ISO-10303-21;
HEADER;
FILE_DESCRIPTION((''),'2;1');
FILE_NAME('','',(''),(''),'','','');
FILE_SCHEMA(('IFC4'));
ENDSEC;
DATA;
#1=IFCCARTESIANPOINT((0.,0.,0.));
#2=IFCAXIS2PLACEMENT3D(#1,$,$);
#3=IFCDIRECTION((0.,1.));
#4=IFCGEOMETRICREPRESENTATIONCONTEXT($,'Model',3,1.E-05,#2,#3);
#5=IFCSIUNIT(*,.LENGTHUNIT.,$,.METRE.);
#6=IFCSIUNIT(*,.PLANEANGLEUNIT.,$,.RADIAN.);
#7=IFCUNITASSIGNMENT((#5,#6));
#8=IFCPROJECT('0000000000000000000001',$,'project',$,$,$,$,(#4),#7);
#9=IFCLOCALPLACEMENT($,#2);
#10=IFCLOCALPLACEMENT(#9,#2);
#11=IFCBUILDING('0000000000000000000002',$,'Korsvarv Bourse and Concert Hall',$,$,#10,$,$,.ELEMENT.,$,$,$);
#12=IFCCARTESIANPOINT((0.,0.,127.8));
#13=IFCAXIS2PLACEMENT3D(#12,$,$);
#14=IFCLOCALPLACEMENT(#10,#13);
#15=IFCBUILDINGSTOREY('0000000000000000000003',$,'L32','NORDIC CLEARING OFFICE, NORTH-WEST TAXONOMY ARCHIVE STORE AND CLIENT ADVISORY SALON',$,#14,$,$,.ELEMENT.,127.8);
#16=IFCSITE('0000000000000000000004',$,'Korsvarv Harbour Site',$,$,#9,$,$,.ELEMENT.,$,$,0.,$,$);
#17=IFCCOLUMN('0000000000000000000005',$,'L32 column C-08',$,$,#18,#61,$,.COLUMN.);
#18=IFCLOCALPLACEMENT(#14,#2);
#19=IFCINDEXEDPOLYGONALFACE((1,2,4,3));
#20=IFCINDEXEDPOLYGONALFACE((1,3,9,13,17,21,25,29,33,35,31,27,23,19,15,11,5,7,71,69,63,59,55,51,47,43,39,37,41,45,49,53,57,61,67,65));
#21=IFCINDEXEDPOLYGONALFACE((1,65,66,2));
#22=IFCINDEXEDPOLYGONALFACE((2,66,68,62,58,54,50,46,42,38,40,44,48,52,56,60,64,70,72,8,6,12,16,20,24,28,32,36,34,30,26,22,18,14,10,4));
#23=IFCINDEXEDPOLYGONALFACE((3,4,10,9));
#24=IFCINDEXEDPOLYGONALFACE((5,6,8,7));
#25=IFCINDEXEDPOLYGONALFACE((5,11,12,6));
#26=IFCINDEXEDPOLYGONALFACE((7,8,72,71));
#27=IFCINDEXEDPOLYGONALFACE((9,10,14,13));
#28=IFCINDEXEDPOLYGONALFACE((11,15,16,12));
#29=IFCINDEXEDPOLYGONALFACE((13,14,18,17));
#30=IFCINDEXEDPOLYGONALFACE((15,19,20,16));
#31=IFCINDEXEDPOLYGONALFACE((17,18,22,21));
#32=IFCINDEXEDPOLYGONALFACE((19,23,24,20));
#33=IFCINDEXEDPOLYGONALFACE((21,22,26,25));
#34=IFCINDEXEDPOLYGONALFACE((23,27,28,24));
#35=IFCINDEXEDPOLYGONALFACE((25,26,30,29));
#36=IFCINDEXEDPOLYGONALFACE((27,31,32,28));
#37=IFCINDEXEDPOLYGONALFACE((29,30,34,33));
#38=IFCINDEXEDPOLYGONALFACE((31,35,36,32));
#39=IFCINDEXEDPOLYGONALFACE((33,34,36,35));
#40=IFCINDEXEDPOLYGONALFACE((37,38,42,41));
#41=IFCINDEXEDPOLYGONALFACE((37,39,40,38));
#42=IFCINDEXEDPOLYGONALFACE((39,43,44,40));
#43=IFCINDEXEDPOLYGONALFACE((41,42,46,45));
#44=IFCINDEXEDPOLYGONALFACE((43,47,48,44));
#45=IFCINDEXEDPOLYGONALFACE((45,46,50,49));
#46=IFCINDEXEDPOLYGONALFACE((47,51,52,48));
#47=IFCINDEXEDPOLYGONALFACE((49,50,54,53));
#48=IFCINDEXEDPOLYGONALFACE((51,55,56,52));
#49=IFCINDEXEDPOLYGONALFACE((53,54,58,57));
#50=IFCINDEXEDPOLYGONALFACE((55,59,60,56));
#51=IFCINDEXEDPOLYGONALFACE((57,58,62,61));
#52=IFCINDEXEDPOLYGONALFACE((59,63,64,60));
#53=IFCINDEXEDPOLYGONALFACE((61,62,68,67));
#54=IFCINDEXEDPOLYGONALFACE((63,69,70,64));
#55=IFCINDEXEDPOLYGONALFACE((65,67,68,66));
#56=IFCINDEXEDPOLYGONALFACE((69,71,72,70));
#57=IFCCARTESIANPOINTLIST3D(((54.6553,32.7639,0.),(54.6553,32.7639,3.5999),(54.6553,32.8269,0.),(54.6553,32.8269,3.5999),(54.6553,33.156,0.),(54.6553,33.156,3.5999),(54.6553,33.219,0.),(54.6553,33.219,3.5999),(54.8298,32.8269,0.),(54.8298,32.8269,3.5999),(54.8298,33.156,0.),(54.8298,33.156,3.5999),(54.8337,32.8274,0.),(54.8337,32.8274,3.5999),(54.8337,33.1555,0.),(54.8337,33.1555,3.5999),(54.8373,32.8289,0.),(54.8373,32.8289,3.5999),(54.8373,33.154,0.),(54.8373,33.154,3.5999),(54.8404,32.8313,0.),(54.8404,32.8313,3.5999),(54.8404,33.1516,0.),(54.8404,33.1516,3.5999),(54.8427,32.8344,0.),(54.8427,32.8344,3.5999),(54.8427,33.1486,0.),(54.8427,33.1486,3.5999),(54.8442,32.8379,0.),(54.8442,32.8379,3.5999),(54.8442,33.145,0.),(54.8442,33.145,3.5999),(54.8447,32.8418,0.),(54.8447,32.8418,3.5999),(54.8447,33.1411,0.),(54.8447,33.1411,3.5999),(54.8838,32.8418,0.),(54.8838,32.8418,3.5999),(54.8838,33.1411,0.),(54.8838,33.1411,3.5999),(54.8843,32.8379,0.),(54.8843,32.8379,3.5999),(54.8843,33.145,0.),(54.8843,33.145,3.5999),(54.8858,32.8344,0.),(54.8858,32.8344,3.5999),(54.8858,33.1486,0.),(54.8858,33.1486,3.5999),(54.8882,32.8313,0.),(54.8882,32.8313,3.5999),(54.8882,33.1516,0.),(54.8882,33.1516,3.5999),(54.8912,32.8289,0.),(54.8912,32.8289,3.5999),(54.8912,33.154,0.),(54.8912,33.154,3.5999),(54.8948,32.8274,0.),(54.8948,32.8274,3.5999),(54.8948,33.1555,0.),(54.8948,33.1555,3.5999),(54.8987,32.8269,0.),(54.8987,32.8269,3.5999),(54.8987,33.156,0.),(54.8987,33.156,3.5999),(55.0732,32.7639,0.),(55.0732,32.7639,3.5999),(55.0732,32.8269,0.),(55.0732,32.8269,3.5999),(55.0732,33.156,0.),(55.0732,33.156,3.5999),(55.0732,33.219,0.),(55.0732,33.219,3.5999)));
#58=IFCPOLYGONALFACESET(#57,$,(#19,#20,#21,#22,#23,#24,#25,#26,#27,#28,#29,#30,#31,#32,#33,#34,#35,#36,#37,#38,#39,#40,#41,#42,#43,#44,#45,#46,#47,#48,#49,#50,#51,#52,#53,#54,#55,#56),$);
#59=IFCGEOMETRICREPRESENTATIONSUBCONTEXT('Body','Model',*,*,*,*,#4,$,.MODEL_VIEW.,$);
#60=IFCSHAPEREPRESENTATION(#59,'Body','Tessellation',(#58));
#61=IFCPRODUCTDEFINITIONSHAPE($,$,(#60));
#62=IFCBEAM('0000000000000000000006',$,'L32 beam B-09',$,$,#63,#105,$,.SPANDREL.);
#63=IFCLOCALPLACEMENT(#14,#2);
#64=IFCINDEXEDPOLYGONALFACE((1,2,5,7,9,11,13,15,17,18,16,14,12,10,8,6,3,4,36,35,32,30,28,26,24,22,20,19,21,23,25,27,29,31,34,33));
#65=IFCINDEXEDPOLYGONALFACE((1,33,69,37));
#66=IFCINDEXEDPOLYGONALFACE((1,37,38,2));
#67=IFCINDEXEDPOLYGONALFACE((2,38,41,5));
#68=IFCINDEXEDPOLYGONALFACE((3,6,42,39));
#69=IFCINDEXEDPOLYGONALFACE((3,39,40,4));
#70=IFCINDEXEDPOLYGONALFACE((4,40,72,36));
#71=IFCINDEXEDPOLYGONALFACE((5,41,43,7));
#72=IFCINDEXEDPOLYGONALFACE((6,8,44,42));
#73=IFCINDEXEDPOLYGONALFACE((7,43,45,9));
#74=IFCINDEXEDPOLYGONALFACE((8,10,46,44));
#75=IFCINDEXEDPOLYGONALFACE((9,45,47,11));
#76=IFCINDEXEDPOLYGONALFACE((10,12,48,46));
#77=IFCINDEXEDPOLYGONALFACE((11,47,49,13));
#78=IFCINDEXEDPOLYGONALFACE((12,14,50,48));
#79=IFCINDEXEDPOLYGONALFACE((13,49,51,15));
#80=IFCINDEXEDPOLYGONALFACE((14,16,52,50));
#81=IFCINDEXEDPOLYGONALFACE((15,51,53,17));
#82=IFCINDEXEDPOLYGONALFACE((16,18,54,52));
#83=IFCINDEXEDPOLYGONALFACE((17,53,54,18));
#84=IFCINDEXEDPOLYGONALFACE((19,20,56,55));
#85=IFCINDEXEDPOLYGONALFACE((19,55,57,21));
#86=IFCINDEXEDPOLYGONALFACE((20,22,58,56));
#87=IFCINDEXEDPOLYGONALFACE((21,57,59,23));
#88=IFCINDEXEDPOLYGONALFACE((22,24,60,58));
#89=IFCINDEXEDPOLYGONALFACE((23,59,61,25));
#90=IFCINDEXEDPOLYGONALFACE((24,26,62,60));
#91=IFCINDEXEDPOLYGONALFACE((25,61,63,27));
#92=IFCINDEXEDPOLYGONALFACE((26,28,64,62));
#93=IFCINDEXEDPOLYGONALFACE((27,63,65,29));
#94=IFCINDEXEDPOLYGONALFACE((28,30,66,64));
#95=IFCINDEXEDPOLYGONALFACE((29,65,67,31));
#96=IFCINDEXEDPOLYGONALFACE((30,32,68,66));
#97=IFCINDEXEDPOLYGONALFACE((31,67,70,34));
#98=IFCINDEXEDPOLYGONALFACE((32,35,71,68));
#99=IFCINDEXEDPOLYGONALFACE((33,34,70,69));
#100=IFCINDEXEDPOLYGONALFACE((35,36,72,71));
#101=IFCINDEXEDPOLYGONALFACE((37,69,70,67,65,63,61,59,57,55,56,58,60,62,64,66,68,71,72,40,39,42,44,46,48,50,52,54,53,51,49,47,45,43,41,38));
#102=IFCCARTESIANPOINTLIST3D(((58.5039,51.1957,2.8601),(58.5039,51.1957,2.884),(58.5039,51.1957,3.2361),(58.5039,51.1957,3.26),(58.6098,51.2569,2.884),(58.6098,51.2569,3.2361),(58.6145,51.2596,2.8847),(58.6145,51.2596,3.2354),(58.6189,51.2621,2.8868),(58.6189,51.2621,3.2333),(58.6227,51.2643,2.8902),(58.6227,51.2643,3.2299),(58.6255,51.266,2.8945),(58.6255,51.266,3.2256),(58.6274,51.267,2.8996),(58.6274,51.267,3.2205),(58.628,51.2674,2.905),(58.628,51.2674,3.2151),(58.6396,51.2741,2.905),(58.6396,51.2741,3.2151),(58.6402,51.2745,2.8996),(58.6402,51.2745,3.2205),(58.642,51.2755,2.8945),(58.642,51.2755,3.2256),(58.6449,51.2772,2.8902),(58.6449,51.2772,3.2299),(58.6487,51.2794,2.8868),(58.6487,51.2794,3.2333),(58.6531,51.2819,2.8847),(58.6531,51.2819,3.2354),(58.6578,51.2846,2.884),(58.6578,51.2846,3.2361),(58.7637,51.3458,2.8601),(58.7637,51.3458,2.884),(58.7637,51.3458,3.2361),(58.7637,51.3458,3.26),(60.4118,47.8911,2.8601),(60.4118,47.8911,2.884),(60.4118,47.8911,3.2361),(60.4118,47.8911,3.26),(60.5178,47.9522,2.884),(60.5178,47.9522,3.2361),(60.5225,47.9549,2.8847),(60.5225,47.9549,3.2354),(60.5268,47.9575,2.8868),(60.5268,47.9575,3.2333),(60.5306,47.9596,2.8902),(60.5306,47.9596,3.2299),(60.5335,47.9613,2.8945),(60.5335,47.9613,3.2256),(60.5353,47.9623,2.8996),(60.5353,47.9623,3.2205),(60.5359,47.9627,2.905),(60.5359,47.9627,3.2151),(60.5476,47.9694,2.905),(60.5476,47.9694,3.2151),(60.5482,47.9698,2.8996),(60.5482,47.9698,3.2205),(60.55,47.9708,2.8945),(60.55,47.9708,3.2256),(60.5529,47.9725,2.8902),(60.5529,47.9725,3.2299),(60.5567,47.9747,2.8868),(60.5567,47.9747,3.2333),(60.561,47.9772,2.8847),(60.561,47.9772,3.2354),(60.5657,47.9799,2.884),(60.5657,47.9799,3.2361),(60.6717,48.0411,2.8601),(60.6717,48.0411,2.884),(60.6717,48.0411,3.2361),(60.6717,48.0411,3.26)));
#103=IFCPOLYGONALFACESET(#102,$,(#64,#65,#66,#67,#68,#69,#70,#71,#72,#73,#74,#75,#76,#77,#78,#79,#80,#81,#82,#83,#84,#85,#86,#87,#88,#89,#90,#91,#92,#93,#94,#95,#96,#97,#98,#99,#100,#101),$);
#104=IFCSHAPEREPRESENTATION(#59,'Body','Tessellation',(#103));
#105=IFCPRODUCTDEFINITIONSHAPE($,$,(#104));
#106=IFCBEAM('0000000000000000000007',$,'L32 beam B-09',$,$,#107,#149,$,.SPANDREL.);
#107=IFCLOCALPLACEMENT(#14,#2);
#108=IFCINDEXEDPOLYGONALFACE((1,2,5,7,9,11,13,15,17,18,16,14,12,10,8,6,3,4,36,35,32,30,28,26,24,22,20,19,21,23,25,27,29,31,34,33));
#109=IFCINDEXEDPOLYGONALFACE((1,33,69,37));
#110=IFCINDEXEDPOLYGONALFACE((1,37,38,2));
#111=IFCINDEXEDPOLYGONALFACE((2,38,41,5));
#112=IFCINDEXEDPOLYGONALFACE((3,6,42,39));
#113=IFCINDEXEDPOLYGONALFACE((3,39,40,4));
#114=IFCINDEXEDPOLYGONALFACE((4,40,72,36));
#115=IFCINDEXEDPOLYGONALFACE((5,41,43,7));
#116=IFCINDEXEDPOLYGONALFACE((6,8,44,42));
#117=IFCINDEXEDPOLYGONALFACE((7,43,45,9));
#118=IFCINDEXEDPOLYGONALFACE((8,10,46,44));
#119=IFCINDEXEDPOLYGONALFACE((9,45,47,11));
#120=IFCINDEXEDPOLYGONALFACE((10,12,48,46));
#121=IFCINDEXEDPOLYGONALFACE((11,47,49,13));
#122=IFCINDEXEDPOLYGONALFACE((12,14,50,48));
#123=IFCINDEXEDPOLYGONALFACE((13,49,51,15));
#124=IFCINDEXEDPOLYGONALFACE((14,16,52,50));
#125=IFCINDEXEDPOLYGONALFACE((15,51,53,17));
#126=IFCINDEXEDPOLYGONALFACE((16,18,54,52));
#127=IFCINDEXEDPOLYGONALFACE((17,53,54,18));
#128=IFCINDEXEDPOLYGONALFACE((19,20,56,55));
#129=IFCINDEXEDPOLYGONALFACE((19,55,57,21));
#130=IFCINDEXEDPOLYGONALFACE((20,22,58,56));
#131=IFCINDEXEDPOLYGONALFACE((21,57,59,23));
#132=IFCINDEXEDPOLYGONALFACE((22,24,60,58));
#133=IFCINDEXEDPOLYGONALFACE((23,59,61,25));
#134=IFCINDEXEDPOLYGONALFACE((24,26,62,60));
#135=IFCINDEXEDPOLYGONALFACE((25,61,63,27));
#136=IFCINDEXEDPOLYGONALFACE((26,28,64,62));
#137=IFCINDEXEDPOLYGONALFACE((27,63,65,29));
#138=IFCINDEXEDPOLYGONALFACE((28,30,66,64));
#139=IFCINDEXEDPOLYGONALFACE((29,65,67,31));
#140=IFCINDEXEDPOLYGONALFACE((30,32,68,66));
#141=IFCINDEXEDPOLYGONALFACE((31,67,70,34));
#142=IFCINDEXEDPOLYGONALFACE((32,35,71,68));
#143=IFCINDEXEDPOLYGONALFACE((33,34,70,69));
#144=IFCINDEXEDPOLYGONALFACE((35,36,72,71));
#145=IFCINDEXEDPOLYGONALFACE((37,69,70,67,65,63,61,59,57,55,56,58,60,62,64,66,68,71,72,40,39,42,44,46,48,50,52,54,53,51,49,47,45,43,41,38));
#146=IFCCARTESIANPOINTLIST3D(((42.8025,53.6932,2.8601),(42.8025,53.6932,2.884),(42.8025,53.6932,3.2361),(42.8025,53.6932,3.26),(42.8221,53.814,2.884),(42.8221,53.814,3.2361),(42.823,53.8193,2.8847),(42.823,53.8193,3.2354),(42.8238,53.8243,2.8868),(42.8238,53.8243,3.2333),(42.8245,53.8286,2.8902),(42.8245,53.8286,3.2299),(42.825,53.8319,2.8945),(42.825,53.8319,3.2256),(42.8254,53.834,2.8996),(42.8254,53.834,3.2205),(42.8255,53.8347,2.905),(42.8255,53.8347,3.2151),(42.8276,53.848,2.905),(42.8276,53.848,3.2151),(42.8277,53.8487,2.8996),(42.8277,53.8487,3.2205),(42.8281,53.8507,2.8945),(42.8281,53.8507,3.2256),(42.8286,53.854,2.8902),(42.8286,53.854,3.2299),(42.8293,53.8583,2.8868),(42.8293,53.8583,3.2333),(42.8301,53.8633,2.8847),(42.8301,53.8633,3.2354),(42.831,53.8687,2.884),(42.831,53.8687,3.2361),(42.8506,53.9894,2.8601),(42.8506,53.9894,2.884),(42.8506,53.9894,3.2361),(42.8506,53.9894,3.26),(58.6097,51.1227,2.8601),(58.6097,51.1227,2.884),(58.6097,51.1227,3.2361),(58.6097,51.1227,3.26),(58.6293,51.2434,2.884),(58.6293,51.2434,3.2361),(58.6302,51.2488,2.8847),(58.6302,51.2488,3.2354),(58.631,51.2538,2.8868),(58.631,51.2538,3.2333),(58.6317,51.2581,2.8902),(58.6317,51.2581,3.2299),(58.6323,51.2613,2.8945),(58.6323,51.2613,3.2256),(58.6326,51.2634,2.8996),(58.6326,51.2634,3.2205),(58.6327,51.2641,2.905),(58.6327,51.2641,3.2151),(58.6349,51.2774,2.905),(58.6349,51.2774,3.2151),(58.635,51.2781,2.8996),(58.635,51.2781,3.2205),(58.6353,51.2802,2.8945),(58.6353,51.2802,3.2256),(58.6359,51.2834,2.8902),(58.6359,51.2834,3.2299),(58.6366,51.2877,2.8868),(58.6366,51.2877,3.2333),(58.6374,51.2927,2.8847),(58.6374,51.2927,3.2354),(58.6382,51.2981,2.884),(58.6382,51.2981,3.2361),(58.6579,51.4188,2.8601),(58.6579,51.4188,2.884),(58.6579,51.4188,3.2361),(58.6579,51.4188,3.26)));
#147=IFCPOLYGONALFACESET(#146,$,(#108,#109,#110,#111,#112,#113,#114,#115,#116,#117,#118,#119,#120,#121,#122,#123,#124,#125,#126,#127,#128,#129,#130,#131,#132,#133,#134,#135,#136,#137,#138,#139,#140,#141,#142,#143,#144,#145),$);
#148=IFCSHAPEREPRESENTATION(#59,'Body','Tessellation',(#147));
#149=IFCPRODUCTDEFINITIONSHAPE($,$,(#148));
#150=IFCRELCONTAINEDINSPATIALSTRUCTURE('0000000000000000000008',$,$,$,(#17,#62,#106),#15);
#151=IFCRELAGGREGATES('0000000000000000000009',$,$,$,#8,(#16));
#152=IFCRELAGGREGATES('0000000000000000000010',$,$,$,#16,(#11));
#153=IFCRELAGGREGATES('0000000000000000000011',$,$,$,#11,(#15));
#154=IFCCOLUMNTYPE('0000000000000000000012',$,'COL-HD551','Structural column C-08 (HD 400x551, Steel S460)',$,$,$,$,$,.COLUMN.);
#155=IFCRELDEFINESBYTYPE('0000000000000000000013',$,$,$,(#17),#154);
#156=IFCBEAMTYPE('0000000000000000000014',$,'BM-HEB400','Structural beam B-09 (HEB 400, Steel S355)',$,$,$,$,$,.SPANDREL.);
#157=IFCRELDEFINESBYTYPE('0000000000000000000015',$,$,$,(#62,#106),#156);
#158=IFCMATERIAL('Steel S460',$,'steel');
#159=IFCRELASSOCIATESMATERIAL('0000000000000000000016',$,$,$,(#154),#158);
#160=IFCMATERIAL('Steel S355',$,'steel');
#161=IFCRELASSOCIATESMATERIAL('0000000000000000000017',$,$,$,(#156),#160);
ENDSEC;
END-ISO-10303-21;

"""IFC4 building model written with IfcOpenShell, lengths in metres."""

from ifc_helpers import new_model, si_unit, direction, frame, origin, origin_2d, place, context, subcontext, project, spatial, i_section, extrude, source, transform, mapped, material, material_profile, profile_set, type_object, element, save


model = new_model("IFC4")

# Units and contexts
model_context = context("Model", 3, precision=1e-05, world=origin(), true_north=direction((0.0, 1.0)))
body_context = subcontext(model_context, "Body", "Model", "MODEL_VIEW")
ifc_project = project(units=[si_unit("LENGTHUNIT", "METRE"), si_unit("PLANEANGLEUNIT", "RADIAN")], contexts=[model_context])

# Site, building, storey
site_placement = place(None, origin())
site = spatial("IfcSite", under=ifc_project, at=site_placement, Name="Korsvarv Harbour Site", CompositionType="ELEMENT", RefElevation=0.0)
building_placement = place(site_placement, origin())
building = spatial("IfcBuilding", under=site, at=building_placement, Name="Korsvarv Bourse and Concert Hall", CompositionType="ELEMENT")
storey_placement = place(building_placement, frame((0.0, 0.0, 127.8)))
storey = spatial("IfcBuildingStorey", under=building, at=storey_placement, Name="L32", Description="NORDIC CLEARING OFFICE, NORTH-WEST TAXONOMY ARCHIVE STORE AND CLIENT ADVISORY SALON", CompositionType="ELEMENT", Elevation=127.8)

# Column
ifc_material_1 = material(Name="Steel S460", Category="steel")
ifc_material_profile_1 = material_profile(ifc_material_1, i_section(OverallWidth=0.418, OverallDepth=0.4551, WebThickness=0.0391, FlangeThickness=0.063, FilletRadius=0.0149, at=origin_2d()), Name="HD 400x551")
ifc_profile_set_1 = profile_set([ifc_material_profile_1], Name="Steel S460")
column_type_1 = type_object("IfcColumnType", Name="COL-HD551", Description="Structural column C-08 (HD 400x551, Steel S460)", PredefinedType="COLUMN", material=ifc_profile_set_1)
shared_shape_1 = source(origin(), body_context, "Body", "SweptSolid", [
    extrude(i_section(OverallWidth=0.418, OverallDepth=0.4551, WebThickness=0.0391, FlangeThickness=0.063, FilletRadius=0.0149, at=origin_2d()), origin(), (0.0, 0.0, 1.0), 3.5999),
])
for number, where, z_axis, x_axis, name in (
    (1, (54.8643, 32.9915, 0.0), (0.0, 0.0, 1.0), (1.0, 0.0, 0.0), "L32 column C-08"),
):
    element("IfcColumn", number, at=place(storey_placement, frame(where, z_axis=z_axis, x_axis=x_axis)), inside=storey, type_object=column_type_1, Name=name, PredefinedType="COLUMN", context=body_context, shape_type="MappedRepresentation", body=[
        mapped(shared_shape_1, transform((0.0, 0.0, 0.0), scale=1.0)),
    ])

# Beams
ifc_material_2 = material(Name="Steel S355", Category="steel")
ifc_material_profile_2 = material_profile(ifc_material_2, i_section(OverallWidth=0.3, OverallDepth=0.3999, WebThickness=0.0134, FlangeThickness=0.0239, FilletRadius=0.021, at=origin_2d()), Name="HEB 400")
ifc_profile_set_2 = profile_set([ifc_material_profile_2], Name="Steel S355")
beam_type_1 = type_object("IfcBeamType", Name="BM-HEB400", Description="Structural beam B-09 (HEB 400, Steel S355)", PredefinedType="SPANDREL", material=ifc_profile_set_2)
shared_shape_2 = source(origin(), body_context, "Body", "SweptSolid", [
    extrude(i_section(OverallWidth=0.3, OverallDepth=0.3999, WebThickness=0.0134, FlangeThickness=0.0239, FilletRadius=0.021, at=origin_2d()), origin(), (0.0, 0.0, 1.0), 3.8159),
])
beam_1_placement = place(storey_placement, frame((60.5417, 47.9661, 3.0601), z_axis=(-0.499999, 0.866026, 0.0), x_axis=(-0.866026, -0.499999, 0.0)))
element("IfcBeam", 2, at=beam_1_placement, inside=storey, type_object=beam_type_1, Name="L32 beam B-09", PredefinedType="SPANDREL", context=body_context, shape_type="MappedRepresentation", body=[
    mapped(shared_shape_2, transform((0.0, 0.0, 0.0), scale=1.0)),
])
shared_shape_3 = source(origin(), body_context, "Body", "SweptSolid", [
    extrude(i_section(OverallWidth=0.3, OverallDepth=0.3999, WebThickness=0.0134, FlangeThickness=0.0239, FilletRadius=0.021, at=origin_2d()), origin(), (0.0, 0.0, 1.0), 16.0149),
])
beam_2_placement = place(storey_placement, frame((58.6338, 51.2708, 3.0601), z_axis=(-0.987034, 0.160512, 0.0), x_axis=(-0.160512, -0.987034, 0.0)))
element("IfcBeam", 3, at=beam_2_placement, inside=storey, type_object=beam_type_1, Name="L32 beam B-09", PredefinedType="SPANDREL", context=body_context, shape_type="MappedRepresentation", body=[
    mapped(shared_shape_3, transform((0.0, 0.0, 0.0), scale=1.0)),
])

save(model, "model.ifc")
